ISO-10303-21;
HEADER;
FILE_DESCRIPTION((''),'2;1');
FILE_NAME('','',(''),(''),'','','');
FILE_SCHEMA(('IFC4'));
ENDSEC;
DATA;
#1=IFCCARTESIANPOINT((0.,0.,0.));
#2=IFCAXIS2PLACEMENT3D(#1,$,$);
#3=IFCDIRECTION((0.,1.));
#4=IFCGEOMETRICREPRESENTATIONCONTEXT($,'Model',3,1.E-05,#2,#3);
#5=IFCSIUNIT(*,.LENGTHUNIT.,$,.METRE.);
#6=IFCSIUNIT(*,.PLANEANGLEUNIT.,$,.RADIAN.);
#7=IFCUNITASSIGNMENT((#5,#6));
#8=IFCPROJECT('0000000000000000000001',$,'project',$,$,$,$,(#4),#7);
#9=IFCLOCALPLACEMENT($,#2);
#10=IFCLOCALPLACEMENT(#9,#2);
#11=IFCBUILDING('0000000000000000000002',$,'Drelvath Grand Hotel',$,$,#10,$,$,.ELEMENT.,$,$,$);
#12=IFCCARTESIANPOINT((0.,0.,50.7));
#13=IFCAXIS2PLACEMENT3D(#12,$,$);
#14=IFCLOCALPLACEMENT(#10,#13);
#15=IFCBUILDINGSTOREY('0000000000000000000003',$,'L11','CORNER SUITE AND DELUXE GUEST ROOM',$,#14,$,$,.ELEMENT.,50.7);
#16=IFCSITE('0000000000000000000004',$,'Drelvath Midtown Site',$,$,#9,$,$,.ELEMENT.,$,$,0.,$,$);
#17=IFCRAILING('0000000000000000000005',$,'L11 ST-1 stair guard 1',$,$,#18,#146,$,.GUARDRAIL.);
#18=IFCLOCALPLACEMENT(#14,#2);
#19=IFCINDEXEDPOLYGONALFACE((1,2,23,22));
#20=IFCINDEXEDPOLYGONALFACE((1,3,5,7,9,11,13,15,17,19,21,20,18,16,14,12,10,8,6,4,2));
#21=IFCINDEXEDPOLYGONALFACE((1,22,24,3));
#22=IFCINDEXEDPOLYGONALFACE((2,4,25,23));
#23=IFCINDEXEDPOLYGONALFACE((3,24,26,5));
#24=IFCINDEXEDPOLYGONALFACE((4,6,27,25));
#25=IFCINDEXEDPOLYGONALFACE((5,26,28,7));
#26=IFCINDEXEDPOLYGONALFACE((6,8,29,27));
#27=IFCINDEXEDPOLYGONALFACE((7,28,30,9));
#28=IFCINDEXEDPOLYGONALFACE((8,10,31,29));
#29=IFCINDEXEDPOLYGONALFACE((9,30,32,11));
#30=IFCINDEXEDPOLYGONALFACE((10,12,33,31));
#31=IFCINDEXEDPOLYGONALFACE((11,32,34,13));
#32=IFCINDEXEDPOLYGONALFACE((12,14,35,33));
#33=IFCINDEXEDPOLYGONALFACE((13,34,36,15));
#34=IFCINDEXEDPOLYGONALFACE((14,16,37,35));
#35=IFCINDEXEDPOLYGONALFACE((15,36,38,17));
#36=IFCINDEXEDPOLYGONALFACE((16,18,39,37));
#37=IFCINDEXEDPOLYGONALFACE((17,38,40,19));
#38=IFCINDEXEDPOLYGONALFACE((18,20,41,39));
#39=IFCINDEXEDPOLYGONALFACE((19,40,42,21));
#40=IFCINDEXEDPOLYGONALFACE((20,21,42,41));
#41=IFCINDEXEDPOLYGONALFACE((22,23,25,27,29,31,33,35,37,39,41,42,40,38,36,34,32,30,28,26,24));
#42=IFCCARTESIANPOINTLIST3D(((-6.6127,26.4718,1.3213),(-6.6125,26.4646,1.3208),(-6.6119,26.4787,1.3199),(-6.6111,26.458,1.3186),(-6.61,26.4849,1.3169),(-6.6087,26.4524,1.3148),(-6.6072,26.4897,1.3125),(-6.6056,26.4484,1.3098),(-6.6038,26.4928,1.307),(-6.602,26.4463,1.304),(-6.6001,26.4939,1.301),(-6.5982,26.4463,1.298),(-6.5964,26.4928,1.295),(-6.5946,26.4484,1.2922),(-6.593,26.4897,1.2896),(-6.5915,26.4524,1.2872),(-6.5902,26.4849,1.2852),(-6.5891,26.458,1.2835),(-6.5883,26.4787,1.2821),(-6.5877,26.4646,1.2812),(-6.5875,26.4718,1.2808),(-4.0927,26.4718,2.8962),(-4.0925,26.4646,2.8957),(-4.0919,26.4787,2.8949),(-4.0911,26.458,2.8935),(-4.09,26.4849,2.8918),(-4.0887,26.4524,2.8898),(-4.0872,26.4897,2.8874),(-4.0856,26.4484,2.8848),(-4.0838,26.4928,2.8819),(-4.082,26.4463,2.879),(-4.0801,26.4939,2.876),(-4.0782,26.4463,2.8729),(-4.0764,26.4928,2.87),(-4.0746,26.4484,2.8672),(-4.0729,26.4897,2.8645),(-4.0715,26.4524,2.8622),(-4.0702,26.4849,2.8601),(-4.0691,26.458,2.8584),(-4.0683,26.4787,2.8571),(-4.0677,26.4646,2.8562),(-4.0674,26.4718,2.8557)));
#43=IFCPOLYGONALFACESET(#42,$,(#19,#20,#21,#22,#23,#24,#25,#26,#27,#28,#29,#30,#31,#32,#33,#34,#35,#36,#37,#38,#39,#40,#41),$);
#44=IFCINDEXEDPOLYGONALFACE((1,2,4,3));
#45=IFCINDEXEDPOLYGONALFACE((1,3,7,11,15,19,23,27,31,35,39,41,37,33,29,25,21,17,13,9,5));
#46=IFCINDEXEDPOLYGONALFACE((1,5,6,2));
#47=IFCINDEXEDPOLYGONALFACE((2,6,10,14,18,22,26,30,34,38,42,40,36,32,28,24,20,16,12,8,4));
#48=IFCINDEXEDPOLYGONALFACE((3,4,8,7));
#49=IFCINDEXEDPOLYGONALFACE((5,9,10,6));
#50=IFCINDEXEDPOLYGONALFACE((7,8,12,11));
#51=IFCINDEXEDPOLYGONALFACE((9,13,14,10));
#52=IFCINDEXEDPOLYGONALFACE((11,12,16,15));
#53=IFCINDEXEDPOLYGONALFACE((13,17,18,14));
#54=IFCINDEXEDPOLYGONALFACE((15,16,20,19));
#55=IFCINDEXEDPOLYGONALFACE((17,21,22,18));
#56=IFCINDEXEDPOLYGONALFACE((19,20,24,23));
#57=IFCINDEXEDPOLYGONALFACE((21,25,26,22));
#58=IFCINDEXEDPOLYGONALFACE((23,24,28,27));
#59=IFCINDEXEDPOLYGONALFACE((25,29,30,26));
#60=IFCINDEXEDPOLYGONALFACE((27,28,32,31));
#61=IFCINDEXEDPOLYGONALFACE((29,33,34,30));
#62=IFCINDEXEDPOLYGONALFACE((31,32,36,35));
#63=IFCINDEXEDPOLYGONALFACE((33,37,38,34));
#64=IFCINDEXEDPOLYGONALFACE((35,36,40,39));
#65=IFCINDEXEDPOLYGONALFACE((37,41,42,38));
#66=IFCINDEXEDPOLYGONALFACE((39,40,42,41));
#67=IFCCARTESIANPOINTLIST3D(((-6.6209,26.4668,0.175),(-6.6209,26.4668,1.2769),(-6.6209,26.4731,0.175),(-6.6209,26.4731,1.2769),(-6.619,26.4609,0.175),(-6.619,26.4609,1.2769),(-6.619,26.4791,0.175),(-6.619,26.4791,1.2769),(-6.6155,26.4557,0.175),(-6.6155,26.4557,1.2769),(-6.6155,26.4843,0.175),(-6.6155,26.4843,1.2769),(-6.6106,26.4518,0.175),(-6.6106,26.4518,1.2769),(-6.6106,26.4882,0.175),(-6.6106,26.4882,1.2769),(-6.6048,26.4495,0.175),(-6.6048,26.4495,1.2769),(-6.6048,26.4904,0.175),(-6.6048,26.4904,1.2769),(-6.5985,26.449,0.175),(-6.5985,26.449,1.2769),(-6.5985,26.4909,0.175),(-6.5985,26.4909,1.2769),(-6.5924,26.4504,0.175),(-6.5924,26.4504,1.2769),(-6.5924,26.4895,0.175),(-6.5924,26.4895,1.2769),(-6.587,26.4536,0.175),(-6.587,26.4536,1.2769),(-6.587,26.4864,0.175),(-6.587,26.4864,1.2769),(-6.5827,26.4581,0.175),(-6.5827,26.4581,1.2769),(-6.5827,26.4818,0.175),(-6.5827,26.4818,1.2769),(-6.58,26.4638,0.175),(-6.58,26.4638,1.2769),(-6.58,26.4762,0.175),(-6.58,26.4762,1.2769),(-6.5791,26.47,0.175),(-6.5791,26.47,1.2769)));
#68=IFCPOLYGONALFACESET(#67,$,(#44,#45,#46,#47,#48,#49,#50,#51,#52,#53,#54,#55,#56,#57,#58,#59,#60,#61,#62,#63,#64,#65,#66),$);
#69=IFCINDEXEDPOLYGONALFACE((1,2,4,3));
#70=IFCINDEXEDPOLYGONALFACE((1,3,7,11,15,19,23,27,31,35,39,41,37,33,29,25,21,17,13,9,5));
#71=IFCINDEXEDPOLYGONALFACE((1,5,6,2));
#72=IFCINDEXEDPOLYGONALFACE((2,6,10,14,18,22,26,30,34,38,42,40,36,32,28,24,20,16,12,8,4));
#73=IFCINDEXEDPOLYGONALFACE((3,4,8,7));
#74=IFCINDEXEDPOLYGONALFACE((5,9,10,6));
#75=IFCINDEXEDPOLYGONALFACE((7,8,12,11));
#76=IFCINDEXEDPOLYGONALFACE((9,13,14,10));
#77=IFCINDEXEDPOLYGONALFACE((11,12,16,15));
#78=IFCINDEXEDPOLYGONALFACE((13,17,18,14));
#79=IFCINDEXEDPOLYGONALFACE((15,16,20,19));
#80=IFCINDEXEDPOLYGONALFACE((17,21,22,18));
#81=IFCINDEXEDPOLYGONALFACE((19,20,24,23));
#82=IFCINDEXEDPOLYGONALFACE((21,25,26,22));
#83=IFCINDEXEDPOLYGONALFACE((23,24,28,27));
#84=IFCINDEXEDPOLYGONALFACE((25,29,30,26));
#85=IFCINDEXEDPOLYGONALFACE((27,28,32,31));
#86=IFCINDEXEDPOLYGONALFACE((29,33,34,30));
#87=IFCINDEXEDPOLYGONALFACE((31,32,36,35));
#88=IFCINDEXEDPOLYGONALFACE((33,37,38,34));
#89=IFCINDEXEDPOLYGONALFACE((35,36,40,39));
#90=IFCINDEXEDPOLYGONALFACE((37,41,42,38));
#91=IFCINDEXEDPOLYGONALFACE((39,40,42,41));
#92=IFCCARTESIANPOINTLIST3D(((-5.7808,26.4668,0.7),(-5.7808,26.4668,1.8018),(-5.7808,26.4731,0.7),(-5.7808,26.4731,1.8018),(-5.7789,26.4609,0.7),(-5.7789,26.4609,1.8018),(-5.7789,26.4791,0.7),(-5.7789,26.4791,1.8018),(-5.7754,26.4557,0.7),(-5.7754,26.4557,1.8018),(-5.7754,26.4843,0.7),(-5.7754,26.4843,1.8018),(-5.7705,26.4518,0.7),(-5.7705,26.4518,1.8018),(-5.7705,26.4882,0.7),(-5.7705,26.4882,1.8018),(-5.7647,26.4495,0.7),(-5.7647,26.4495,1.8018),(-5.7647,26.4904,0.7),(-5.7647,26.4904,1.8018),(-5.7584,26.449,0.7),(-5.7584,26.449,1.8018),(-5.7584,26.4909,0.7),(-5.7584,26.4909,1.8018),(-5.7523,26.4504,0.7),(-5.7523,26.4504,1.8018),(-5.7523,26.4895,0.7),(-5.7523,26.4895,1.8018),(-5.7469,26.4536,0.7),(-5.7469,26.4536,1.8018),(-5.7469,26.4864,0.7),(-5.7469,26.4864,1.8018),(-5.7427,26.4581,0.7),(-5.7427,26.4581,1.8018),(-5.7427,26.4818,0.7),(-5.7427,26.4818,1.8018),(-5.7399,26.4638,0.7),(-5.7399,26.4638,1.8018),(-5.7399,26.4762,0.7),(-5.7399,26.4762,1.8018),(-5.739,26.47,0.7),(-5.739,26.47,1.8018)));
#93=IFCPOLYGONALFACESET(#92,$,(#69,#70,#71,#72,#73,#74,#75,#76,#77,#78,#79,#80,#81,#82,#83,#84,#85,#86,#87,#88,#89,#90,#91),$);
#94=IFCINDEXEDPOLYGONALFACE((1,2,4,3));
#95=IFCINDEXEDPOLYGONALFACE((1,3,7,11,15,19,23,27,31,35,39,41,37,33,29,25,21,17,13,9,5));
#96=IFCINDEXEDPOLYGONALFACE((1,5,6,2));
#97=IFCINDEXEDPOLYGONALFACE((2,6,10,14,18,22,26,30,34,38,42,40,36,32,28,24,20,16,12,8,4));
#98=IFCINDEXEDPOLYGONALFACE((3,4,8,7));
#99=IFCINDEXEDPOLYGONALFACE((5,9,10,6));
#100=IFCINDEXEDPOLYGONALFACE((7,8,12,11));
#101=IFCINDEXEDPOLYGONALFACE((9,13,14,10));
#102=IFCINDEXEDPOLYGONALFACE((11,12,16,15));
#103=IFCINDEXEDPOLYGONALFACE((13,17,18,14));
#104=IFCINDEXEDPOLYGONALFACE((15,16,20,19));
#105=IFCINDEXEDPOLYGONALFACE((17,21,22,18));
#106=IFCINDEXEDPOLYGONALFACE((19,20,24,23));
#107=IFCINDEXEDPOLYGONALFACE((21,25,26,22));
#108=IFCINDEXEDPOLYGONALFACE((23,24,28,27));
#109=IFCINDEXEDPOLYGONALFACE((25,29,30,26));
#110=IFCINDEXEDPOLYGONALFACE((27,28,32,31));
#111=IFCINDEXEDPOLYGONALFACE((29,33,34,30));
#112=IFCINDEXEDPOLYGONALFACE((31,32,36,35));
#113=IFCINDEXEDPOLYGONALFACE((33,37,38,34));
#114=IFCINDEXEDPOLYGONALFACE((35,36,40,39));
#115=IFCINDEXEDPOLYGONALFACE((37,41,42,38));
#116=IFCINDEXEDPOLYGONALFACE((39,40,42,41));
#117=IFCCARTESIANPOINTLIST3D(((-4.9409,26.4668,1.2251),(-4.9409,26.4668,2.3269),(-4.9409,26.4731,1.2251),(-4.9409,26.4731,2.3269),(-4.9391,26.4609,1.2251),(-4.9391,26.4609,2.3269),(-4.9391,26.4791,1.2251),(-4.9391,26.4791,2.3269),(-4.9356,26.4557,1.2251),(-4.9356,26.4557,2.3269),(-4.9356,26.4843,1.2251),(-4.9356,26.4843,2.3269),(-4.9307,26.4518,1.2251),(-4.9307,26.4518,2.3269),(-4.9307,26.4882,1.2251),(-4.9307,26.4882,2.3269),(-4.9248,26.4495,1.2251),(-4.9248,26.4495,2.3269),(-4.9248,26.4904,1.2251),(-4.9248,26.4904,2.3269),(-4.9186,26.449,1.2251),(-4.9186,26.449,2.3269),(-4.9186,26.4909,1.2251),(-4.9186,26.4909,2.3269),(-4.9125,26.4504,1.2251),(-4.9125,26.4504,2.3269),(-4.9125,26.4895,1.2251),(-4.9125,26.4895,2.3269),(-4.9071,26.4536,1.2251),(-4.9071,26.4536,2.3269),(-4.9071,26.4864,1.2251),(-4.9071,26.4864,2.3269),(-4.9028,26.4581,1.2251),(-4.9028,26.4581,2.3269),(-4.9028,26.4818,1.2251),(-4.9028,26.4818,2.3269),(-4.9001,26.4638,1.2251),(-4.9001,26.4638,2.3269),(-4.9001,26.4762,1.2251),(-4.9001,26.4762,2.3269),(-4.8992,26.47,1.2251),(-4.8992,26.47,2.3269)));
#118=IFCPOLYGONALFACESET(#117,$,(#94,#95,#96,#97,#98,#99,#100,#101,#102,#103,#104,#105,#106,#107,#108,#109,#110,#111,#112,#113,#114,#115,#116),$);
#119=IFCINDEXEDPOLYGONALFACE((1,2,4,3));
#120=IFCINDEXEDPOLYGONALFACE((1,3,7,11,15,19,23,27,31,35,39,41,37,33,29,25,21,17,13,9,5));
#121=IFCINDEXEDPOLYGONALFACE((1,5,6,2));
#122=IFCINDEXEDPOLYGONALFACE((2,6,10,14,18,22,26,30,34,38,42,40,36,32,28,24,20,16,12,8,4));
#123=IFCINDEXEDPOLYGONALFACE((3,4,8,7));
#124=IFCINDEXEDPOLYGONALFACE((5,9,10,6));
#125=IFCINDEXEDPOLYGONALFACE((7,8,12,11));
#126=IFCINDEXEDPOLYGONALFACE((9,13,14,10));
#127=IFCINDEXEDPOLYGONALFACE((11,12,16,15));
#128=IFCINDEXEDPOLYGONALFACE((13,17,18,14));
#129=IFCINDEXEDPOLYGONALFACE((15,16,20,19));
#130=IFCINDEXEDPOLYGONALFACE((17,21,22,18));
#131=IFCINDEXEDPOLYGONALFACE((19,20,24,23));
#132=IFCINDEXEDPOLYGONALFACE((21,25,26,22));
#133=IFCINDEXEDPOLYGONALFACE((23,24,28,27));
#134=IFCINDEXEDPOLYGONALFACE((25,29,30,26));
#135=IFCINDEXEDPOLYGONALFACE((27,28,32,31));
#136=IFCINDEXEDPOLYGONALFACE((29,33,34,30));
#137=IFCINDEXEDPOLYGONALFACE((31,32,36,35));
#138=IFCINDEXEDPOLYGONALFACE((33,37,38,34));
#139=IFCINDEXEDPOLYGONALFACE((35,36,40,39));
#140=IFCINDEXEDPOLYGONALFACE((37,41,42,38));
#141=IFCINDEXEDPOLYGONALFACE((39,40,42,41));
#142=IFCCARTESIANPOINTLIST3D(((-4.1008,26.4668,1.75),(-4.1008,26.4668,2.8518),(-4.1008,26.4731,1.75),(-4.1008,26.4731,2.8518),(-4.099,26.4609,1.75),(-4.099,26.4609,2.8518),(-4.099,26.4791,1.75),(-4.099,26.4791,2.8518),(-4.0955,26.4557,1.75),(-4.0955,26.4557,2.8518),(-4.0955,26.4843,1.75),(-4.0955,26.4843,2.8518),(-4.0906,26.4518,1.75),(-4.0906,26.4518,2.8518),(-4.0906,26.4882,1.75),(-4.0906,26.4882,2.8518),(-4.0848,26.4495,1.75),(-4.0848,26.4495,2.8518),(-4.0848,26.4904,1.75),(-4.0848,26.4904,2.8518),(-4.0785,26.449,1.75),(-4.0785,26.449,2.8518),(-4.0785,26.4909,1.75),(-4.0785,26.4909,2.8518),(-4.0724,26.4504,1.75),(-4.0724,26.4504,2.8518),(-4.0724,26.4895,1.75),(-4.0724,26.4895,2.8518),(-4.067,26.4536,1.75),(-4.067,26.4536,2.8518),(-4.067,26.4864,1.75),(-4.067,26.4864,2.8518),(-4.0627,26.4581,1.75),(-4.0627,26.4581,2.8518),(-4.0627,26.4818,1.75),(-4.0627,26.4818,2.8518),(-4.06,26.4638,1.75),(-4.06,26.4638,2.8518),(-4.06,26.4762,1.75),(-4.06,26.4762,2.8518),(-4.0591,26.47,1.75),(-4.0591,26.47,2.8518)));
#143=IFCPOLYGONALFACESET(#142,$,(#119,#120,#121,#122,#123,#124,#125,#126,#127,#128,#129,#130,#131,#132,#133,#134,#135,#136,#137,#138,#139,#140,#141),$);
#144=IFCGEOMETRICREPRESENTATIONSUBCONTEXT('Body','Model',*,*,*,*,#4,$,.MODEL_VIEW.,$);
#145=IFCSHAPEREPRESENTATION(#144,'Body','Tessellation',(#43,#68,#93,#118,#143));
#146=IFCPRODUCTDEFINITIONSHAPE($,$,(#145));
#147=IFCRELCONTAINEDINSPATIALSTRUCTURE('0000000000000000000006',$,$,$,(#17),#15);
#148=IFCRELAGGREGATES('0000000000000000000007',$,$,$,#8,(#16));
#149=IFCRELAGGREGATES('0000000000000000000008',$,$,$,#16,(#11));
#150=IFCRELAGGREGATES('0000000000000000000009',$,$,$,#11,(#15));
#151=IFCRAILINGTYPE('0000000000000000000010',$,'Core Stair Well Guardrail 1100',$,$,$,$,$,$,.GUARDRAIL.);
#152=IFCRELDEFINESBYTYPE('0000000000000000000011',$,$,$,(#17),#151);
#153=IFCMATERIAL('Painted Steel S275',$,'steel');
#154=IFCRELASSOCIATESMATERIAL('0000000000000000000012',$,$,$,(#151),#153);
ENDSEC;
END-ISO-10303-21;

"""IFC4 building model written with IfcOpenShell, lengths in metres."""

from ifc_helpers import new_model, si_unit, direction, frame, origin, origin_2d, place, context, subcontext, project, spatial, circle, extrude, material, type_object, element, save


model = new_model("IFC4")

# Units and contexts
model_context = context("Model", 3, precision=1e-05, world=origin(), true_north=direction((0.0, 1.0)))
body_context = subcontext(model_context, "Body", "Model", "MODEL_VIEW")
ifc_project = project(units=[si_unit("LENGTHUNIT", "METRE"), si_unit("PLANEANGLEUNIT", "RADIAN")], contexts=[model_context])

# Site, building, storey
site_placement = place(None, origin())
site = spatial("IfcSite", under=ifc_project, at=site_placement, Name="Drelvath Midtown Site", CompositionType="ELEMENT", RefElevation=0.0)
building_placement = place(site_placement, origin())
building = spatial("IfcBuilding", under=site, at=building_placement, Name="Drelvath Grand Hotel", CompositionType="ELEMENT")
storey_placement = place(building_placement, frame((0.0, 0.0, 50.7)))
storey = spatial("IfcBuildingStorey", under=building, at=storey_placement, Name="L11", Description="CORNER SUITE AND DELUXE GUEST ROOM", CompositionType="ELEMENT", Elevation=50.7)

# Shared definitions
ifc_material_1 = material(Name="Painted Steel S275", Category="steel")

# Railing
railing_type_1 = type_object("IfcRailingType", Name="Core Stair Well Guardrail 1100", PredefinedType="GUARDRAIL", material=ifc_material_1)
railing_1_placement = place(storey_placement, frame((-6.6001, 26.47, 0.175)))
element("IfcRailing", 1, at=railing_1_placement, inside=storey, type_object=railing_type_1, Name="L11 ST-1 stair guard 1", PredefinedType="GUARDRAIL", context=body_context, shape_type="SweptSolid", body=[
    extrude(circle(Radius=0.0239, at=origin_2d()), frame((0.0, 0.0, 1.126), z_axis=(0.848008, 0.0, 0.529984), x_axis=(0.0, 1.0, 0.0)), (0.0, 0.0, 1.0), 2.9717),
    extrude(circle(Radius=0.021, at=origin_2d()), origin(), (0.0, 0.0, 1.0), 1.1018),
    extrude(circle(Radius=0.021, at=origin_2d()), frame((0.8401, 0.0, 0.5249)), (0.0, 0.0, 1.0), 1.1018),
    extrude(circle(Radius=0.021, at=origin_2d()), frame((1.6799, 0.0, 1.05)), (0.0, 0.0, 1.0), 1.1018),
    extrude(circle(Radius=0.021, at=origin_2d()), frame((2.52, 0.0, 1.575)), (0.0, 0.0, 1.0), 1.1018),
])

save(model, "model.ifc")
